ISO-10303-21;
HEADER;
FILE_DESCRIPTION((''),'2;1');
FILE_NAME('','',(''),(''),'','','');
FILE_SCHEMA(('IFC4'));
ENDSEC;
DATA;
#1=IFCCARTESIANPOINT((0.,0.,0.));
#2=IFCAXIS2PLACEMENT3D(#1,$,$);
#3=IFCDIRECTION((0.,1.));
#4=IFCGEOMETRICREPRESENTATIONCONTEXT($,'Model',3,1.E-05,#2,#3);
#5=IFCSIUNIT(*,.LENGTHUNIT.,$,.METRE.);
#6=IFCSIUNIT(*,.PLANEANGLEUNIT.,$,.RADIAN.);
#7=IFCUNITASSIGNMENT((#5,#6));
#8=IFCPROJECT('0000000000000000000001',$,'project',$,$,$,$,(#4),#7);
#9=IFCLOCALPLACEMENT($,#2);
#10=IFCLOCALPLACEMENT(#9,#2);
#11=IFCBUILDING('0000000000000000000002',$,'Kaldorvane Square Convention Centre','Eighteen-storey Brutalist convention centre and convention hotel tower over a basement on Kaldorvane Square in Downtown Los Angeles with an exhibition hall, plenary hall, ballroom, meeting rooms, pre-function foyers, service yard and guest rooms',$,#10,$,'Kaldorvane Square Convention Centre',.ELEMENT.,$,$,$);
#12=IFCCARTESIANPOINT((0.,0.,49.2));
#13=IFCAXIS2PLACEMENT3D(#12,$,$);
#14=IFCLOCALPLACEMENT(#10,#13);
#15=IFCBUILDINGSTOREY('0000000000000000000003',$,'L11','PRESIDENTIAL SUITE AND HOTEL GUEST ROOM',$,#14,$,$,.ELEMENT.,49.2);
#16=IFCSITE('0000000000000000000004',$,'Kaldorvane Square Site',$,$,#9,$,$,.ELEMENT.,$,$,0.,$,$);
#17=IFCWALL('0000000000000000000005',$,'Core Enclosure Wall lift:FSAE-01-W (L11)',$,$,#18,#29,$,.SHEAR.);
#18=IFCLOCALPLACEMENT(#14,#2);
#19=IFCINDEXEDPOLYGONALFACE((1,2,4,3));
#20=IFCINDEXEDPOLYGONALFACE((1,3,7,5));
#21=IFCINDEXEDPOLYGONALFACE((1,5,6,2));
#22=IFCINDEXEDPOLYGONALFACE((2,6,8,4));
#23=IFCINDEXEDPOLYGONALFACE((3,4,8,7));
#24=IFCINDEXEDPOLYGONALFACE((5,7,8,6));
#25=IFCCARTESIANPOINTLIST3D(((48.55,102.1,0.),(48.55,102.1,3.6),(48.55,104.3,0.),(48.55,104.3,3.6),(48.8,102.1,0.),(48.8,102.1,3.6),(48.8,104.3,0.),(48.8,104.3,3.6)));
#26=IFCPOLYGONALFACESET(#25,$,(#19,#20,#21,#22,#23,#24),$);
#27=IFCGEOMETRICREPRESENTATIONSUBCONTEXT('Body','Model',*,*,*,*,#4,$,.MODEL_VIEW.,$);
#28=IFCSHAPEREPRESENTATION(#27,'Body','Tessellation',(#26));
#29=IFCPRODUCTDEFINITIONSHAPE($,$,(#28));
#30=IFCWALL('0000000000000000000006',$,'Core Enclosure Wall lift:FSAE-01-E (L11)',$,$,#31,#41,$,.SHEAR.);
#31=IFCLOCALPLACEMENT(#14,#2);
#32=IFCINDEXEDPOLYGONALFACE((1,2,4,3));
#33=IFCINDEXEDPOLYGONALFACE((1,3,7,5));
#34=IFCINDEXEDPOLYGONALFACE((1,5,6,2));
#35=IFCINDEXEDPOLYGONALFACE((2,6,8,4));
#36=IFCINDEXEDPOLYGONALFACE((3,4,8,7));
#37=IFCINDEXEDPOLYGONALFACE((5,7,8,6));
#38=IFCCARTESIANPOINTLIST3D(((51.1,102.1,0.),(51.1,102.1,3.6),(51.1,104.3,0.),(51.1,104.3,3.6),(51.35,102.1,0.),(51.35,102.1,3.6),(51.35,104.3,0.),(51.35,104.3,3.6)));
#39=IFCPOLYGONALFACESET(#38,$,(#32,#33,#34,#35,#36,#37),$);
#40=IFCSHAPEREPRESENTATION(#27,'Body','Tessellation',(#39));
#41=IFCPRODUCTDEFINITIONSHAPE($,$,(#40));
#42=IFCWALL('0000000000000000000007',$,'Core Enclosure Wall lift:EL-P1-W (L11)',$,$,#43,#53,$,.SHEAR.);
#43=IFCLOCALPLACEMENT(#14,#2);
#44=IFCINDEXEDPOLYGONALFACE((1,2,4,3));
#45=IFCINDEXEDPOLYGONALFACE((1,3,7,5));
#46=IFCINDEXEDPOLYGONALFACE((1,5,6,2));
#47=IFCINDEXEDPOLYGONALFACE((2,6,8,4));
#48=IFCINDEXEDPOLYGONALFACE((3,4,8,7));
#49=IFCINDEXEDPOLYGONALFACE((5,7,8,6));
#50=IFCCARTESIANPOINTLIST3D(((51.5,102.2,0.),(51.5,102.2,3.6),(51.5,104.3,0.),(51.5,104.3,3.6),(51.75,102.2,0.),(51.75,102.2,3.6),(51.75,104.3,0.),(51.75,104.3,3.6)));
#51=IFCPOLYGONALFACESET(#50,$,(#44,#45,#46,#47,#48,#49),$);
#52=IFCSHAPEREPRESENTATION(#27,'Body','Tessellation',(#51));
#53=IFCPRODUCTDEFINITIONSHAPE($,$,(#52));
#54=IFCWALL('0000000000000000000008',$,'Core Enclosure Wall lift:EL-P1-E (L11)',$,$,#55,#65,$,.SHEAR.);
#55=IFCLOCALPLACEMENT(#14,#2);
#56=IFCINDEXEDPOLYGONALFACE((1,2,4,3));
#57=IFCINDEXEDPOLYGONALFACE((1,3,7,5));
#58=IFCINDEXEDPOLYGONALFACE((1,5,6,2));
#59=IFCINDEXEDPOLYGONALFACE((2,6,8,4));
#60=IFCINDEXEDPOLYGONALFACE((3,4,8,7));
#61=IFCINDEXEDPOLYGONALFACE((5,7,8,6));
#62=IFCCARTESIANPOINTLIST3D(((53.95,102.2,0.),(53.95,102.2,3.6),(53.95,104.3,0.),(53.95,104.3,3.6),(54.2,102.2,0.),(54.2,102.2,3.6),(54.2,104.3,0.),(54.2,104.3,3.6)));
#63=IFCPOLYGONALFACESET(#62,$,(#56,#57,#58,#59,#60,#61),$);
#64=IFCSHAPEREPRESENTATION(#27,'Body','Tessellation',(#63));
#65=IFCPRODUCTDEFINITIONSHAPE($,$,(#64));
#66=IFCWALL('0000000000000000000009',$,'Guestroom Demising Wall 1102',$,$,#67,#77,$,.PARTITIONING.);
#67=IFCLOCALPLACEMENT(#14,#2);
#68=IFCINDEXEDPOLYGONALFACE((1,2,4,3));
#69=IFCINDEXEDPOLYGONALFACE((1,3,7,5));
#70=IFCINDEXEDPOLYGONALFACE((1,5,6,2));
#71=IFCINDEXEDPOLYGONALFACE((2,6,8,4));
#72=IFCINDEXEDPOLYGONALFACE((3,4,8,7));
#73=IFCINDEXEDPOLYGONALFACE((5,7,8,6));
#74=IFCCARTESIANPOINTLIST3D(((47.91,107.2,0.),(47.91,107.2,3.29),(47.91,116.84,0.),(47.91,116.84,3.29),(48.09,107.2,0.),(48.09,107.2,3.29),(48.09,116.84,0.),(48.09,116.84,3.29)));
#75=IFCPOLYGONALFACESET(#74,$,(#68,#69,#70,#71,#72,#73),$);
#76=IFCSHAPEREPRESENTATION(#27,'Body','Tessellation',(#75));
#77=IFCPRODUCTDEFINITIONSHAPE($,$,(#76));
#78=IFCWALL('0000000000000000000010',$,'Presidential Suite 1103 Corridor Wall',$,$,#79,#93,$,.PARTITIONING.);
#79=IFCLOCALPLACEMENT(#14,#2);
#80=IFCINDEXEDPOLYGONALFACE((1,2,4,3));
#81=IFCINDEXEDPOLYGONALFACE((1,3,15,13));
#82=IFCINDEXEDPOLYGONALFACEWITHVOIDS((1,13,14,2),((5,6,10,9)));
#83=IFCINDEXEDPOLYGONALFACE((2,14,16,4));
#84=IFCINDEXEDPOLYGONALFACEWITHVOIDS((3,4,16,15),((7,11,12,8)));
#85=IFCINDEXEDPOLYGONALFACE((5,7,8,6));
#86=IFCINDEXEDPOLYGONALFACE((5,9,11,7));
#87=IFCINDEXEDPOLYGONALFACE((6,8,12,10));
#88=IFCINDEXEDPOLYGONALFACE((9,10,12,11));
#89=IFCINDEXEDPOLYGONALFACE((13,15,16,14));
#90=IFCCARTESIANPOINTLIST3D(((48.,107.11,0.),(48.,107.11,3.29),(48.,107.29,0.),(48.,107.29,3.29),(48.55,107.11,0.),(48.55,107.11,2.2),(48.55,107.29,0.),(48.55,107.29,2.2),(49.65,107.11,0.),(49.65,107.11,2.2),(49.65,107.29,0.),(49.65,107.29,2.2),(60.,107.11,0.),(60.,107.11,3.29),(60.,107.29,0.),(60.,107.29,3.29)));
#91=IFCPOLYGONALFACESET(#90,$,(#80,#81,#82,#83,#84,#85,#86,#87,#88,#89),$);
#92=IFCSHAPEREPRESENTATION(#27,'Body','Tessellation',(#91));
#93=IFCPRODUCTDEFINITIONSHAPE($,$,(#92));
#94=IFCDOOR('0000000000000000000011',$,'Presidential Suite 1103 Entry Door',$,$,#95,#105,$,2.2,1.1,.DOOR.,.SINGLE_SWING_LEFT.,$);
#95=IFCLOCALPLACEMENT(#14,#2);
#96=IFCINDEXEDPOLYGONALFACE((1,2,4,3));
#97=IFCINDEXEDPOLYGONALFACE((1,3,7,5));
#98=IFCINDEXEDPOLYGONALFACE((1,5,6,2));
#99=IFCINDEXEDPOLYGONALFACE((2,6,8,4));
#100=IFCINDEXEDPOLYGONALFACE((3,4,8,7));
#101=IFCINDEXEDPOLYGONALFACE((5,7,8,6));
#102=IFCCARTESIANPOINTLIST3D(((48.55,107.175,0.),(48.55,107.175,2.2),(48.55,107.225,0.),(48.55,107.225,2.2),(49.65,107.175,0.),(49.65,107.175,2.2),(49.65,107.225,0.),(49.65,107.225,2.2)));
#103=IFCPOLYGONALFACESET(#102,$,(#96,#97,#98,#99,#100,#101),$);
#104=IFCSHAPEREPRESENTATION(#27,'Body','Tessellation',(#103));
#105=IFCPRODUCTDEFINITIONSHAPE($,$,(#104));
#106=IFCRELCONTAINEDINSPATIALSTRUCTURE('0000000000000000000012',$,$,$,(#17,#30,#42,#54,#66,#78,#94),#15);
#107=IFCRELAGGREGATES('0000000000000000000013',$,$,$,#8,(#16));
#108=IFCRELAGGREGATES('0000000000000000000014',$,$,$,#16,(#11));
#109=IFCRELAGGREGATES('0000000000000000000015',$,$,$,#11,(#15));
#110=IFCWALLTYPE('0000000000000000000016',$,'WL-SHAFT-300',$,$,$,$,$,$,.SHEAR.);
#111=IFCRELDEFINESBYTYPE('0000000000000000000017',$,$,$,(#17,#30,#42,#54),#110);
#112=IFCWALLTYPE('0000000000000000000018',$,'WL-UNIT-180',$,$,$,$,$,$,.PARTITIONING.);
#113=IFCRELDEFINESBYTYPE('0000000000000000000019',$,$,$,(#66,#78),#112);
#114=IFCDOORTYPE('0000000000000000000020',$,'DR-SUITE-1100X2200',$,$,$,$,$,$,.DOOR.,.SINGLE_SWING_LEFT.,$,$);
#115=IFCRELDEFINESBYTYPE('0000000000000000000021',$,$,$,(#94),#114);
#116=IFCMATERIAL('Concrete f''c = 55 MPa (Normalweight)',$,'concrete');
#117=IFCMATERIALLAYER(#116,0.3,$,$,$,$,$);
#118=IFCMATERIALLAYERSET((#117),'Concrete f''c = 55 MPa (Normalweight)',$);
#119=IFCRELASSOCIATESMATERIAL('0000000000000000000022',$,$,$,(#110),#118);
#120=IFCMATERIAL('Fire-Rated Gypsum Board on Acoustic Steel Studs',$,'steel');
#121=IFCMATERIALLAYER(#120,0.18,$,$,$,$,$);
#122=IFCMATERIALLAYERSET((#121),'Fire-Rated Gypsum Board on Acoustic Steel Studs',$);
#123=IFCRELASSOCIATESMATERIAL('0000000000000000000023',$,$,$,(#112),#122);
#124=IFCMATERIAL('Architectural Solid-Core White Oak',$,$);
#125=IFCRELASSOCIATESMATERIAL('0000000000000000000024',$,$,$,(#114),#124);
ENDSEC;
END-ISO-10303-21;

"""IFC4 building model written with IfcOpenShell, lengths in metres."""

from ifc_helpers import new_model, si_unit, direction, frame, frame_2d, origin, place, context, subcontext, project, spatial, rectangle, extrude, material, layer, layer_set, type_object, element, fill, save


model = new_model("IFC4")

# Units and contexts
model_context = context("Model", 3, precision=1e-05, world=origin(), true_north=direction((0.0, 1.0)))
body_context = subcontext(model_context, "Body", "Model", "MODEL_VIEW")
ifc_project = project(units=[si_unit("LENGTHUNIT", "METRE"), si_unit("PLANEANGLEUNIT", "RADIAN")], contexts=[model_context])

# Site, building, storey
site_placement = place(None, origin())
site = spatial("IfcSite", under=ifc_project, at=site_placement, Name="Kaldorvane Square Site", CompositionType="ELEMENT", RefElevation=0.0)
building_placement = place(site_placement, origin())
building = spatial("IfcBuilding", under=site, at=building_placement, Name="Kaldorvane Square Convention Centre", Description="Eighteen-storey Brutalist convention centre and convention hotel tower over a basement on Kaldorvane Square in Downtown Los Angeles with an exhibition hall, plenary hall, ballroom, meeting rooms, pre-function foyers, service yard and guest rooms", LongName="Kaldorvane Square Convention Centre", CompositionType="ELEMENT")
storey_placement = place(building_placement, frame((0.0, 0.0, 49.2)))
storey = spatial("IfcBuildingStorey", under=building, at=storey_placement, Name="L11", Description="PRESIDENTIAL SUITE AND HOTEL GUEST ROOM", CompositionType="ELEMENT", Elevation=49.2)

# Shared definitions
ifc_material_1 = material(Name="Fire-Rated Gypsum Board on Acoustic Steel Studs", Category="steel")

# Walls
ifc_material_2 = material(Name="Concrete f'c = 55 MPa (Normalweight)", Category="concrete")
ifc_layer_1 = layer(ifc_material_2, 0.3)
ifc_layer_set_1 = layer_set([ifc_layer_1], Name="Concrete f'c = 55 MPa (Normalweight)")
wall_type_1 = type_object("IfcWallType", Name="WL-SHAFT-300", PredefinedType="SHEAR", material=ifc_layer_set_1)
for number, where, z_axis, x_axis, name in (
    (1, (48.675, 104.3, 0.0), (0.0, 0.0, 1.0), (0.0, -1.0, 0.0), "Core Enclosure Wall lift:FSAE-01-W (L11)"),
    (2, (51.225, 102.1, 0.0), (0.0, 0.0, 1.0), (0.0, 1.0, 0.0), "Core Enclosure Wall lift:FSAE-01-E (L11)"),
):
    element("IfcWall", number, at=place(storey_placement, frame(where, z_axis=z_axis, x_axis=x_axis)), inside=storey, type_object=wall_type_1, Name=name, PredefinedType="SHEAR", context=body_context, shape_type="SweptSolid", body=[
        extrude(rectangle(XDim=2.2, YDim=0.25, at=frame_2d((1.1, 0.0))), origin(), (0.0, 0.0, 1.0), 3.6),
    ])
for number, where, z_axis, x_axis, name in (
    (3, (51.625, 104.3, 0.0), (0.0, 0.0, 1.0), (0.0, -1.0, 0.0), "Core Enclosure Wall lift:EL-P1-W (L11)"),
    (4, (54.075, 102.2, 0.0), (0.0, 0.0, 1.0), (0.0, 1.0, 0.0), "Core Enclosure Wall lift:EL-P1-E (L11)"),
):
    element("IfcWall", number, at=place(storey_placement, frame(where, z_axis=z_axis, x_axis=x_axis)), inside=storey, type_object=wall_type_1, Name=name, PredefinedType="SHEAR", context=body_context, shape_type="SweptSolid", body=[
        extrude(rectangle(XDim=2.1, YDim=0.25, at=frame_2d((1.05, 0.0))), origin(), (0.0, 0.0, 1.0), 3.6),
    ])

# Wall
ifc_layer_2 = layer(ifc_material_1, 0.18)
ifc_layer_set_2 = layer_set([ifc_layer_2], Name="Fire-Rated Gypsum Board on Acoustic Steel Studs")
wall_type_2 = type_object("IfcWallType", Name="WL-UNIT-180", PredefinedType="PARTITIONING", material=ifc_layer_set_2)
wall_1_placement = place(storey_placement, frame((48.0, 107.2, 0.0), z_axis=(0.0, 0.0, 1.0), x_axis=(0.0, 1.0, 0.0)))
element("IfcWall", 5, at=wall_1_placement, inside=storey, type_object=wall_type_2, Name="Guestroom Demising Wall 1102", PredefinedType="PARTITIONING", context=body_context, shape_type="SweptSolid", body=[
    extrude(rectangle(XDim=9.64, YDim=0.18, at=frame_2d((4.82, 0.0))), origin(), (0.0, 0.0, 1.0), 3.29),
])

# Wall, opening, door
wall_2_placement = place(storey_placement, frame((48.0, 107.2, 0.0), z_axis=(0.0, 0.0, 1.0), x_axis=(1.0, 0.0, 0.0)))
wall_2 = element("IfcWall", 6, at=wall_2_placement, inside=storey, type_object=wall_type_2, Name="Presidential Suite 1103 Corridor Wall", PredefinedType="PARTITIONING", context=body_context, shape_type="SweptSolid", body=[
    extrude(rectangle(XDim=12.0, YDim=0.18, at=frame_2d((6.0, 0.0))), origin(), (0.0, 0.0, 1.0), 3.29),
])
opening_1_placement = place(wall_2_placement, frame((0.55, 0.0, 0.0)))
opening_1 = element("IfcOpeningElement", 7, at=opening_1_placement, cuts=wall_2, PredefinedType="OPENING", context=body_context, shape_type="SweptSolid", body=[
    extrude(rectangle(XDim=1.1, YDim=2.2, at=frame_2d((0.55, 1.1))), frame((0.0, 0.105, 0.0), z_axis=(0.0, -1.0, 0.0), x_axis=(1.0, 0.0, 0.0)), (0.0, 0.0, 1.0), 0.21),
])
ifc_material_3 = material(Name="Architectural Solid-Core White Oak")
door_type_1 = type_object("IfcDoorType", Name="DR-SUITE-1100X2200", OperationType="SINGLE_SWING_LEFT", PredefinedType="DOOR", material=ifc_material_3)
door_1_placement = place(opening_1_placement, origin())
door_1 = element("IfcDoor", 8, at=door_1_placement, inside=storey, type_object=door_type_1, Name="Presidential Suite 1103 Entry Door", OperationType="SINGLE_SWING_LEFT", OverallHeight=2.2, OverallWidth=1.1, PredefinedType="DOOR", context=body_context, shape_type="SweptSolid", body=[
    extrude(rectangle(XDim=1.1, YDim=2.2, at=frame_2d((0.55, 1.1))), frame((0.0, 0.025, 0.0), z_axis=(0.0, -1.0, 0.0), x_axis=(1.0, 0.0, 0.0)), (0.0, 0.0, 1.0), 0.05),
])
fill(opening_1, door_1)

save(model, "model.ifc")
